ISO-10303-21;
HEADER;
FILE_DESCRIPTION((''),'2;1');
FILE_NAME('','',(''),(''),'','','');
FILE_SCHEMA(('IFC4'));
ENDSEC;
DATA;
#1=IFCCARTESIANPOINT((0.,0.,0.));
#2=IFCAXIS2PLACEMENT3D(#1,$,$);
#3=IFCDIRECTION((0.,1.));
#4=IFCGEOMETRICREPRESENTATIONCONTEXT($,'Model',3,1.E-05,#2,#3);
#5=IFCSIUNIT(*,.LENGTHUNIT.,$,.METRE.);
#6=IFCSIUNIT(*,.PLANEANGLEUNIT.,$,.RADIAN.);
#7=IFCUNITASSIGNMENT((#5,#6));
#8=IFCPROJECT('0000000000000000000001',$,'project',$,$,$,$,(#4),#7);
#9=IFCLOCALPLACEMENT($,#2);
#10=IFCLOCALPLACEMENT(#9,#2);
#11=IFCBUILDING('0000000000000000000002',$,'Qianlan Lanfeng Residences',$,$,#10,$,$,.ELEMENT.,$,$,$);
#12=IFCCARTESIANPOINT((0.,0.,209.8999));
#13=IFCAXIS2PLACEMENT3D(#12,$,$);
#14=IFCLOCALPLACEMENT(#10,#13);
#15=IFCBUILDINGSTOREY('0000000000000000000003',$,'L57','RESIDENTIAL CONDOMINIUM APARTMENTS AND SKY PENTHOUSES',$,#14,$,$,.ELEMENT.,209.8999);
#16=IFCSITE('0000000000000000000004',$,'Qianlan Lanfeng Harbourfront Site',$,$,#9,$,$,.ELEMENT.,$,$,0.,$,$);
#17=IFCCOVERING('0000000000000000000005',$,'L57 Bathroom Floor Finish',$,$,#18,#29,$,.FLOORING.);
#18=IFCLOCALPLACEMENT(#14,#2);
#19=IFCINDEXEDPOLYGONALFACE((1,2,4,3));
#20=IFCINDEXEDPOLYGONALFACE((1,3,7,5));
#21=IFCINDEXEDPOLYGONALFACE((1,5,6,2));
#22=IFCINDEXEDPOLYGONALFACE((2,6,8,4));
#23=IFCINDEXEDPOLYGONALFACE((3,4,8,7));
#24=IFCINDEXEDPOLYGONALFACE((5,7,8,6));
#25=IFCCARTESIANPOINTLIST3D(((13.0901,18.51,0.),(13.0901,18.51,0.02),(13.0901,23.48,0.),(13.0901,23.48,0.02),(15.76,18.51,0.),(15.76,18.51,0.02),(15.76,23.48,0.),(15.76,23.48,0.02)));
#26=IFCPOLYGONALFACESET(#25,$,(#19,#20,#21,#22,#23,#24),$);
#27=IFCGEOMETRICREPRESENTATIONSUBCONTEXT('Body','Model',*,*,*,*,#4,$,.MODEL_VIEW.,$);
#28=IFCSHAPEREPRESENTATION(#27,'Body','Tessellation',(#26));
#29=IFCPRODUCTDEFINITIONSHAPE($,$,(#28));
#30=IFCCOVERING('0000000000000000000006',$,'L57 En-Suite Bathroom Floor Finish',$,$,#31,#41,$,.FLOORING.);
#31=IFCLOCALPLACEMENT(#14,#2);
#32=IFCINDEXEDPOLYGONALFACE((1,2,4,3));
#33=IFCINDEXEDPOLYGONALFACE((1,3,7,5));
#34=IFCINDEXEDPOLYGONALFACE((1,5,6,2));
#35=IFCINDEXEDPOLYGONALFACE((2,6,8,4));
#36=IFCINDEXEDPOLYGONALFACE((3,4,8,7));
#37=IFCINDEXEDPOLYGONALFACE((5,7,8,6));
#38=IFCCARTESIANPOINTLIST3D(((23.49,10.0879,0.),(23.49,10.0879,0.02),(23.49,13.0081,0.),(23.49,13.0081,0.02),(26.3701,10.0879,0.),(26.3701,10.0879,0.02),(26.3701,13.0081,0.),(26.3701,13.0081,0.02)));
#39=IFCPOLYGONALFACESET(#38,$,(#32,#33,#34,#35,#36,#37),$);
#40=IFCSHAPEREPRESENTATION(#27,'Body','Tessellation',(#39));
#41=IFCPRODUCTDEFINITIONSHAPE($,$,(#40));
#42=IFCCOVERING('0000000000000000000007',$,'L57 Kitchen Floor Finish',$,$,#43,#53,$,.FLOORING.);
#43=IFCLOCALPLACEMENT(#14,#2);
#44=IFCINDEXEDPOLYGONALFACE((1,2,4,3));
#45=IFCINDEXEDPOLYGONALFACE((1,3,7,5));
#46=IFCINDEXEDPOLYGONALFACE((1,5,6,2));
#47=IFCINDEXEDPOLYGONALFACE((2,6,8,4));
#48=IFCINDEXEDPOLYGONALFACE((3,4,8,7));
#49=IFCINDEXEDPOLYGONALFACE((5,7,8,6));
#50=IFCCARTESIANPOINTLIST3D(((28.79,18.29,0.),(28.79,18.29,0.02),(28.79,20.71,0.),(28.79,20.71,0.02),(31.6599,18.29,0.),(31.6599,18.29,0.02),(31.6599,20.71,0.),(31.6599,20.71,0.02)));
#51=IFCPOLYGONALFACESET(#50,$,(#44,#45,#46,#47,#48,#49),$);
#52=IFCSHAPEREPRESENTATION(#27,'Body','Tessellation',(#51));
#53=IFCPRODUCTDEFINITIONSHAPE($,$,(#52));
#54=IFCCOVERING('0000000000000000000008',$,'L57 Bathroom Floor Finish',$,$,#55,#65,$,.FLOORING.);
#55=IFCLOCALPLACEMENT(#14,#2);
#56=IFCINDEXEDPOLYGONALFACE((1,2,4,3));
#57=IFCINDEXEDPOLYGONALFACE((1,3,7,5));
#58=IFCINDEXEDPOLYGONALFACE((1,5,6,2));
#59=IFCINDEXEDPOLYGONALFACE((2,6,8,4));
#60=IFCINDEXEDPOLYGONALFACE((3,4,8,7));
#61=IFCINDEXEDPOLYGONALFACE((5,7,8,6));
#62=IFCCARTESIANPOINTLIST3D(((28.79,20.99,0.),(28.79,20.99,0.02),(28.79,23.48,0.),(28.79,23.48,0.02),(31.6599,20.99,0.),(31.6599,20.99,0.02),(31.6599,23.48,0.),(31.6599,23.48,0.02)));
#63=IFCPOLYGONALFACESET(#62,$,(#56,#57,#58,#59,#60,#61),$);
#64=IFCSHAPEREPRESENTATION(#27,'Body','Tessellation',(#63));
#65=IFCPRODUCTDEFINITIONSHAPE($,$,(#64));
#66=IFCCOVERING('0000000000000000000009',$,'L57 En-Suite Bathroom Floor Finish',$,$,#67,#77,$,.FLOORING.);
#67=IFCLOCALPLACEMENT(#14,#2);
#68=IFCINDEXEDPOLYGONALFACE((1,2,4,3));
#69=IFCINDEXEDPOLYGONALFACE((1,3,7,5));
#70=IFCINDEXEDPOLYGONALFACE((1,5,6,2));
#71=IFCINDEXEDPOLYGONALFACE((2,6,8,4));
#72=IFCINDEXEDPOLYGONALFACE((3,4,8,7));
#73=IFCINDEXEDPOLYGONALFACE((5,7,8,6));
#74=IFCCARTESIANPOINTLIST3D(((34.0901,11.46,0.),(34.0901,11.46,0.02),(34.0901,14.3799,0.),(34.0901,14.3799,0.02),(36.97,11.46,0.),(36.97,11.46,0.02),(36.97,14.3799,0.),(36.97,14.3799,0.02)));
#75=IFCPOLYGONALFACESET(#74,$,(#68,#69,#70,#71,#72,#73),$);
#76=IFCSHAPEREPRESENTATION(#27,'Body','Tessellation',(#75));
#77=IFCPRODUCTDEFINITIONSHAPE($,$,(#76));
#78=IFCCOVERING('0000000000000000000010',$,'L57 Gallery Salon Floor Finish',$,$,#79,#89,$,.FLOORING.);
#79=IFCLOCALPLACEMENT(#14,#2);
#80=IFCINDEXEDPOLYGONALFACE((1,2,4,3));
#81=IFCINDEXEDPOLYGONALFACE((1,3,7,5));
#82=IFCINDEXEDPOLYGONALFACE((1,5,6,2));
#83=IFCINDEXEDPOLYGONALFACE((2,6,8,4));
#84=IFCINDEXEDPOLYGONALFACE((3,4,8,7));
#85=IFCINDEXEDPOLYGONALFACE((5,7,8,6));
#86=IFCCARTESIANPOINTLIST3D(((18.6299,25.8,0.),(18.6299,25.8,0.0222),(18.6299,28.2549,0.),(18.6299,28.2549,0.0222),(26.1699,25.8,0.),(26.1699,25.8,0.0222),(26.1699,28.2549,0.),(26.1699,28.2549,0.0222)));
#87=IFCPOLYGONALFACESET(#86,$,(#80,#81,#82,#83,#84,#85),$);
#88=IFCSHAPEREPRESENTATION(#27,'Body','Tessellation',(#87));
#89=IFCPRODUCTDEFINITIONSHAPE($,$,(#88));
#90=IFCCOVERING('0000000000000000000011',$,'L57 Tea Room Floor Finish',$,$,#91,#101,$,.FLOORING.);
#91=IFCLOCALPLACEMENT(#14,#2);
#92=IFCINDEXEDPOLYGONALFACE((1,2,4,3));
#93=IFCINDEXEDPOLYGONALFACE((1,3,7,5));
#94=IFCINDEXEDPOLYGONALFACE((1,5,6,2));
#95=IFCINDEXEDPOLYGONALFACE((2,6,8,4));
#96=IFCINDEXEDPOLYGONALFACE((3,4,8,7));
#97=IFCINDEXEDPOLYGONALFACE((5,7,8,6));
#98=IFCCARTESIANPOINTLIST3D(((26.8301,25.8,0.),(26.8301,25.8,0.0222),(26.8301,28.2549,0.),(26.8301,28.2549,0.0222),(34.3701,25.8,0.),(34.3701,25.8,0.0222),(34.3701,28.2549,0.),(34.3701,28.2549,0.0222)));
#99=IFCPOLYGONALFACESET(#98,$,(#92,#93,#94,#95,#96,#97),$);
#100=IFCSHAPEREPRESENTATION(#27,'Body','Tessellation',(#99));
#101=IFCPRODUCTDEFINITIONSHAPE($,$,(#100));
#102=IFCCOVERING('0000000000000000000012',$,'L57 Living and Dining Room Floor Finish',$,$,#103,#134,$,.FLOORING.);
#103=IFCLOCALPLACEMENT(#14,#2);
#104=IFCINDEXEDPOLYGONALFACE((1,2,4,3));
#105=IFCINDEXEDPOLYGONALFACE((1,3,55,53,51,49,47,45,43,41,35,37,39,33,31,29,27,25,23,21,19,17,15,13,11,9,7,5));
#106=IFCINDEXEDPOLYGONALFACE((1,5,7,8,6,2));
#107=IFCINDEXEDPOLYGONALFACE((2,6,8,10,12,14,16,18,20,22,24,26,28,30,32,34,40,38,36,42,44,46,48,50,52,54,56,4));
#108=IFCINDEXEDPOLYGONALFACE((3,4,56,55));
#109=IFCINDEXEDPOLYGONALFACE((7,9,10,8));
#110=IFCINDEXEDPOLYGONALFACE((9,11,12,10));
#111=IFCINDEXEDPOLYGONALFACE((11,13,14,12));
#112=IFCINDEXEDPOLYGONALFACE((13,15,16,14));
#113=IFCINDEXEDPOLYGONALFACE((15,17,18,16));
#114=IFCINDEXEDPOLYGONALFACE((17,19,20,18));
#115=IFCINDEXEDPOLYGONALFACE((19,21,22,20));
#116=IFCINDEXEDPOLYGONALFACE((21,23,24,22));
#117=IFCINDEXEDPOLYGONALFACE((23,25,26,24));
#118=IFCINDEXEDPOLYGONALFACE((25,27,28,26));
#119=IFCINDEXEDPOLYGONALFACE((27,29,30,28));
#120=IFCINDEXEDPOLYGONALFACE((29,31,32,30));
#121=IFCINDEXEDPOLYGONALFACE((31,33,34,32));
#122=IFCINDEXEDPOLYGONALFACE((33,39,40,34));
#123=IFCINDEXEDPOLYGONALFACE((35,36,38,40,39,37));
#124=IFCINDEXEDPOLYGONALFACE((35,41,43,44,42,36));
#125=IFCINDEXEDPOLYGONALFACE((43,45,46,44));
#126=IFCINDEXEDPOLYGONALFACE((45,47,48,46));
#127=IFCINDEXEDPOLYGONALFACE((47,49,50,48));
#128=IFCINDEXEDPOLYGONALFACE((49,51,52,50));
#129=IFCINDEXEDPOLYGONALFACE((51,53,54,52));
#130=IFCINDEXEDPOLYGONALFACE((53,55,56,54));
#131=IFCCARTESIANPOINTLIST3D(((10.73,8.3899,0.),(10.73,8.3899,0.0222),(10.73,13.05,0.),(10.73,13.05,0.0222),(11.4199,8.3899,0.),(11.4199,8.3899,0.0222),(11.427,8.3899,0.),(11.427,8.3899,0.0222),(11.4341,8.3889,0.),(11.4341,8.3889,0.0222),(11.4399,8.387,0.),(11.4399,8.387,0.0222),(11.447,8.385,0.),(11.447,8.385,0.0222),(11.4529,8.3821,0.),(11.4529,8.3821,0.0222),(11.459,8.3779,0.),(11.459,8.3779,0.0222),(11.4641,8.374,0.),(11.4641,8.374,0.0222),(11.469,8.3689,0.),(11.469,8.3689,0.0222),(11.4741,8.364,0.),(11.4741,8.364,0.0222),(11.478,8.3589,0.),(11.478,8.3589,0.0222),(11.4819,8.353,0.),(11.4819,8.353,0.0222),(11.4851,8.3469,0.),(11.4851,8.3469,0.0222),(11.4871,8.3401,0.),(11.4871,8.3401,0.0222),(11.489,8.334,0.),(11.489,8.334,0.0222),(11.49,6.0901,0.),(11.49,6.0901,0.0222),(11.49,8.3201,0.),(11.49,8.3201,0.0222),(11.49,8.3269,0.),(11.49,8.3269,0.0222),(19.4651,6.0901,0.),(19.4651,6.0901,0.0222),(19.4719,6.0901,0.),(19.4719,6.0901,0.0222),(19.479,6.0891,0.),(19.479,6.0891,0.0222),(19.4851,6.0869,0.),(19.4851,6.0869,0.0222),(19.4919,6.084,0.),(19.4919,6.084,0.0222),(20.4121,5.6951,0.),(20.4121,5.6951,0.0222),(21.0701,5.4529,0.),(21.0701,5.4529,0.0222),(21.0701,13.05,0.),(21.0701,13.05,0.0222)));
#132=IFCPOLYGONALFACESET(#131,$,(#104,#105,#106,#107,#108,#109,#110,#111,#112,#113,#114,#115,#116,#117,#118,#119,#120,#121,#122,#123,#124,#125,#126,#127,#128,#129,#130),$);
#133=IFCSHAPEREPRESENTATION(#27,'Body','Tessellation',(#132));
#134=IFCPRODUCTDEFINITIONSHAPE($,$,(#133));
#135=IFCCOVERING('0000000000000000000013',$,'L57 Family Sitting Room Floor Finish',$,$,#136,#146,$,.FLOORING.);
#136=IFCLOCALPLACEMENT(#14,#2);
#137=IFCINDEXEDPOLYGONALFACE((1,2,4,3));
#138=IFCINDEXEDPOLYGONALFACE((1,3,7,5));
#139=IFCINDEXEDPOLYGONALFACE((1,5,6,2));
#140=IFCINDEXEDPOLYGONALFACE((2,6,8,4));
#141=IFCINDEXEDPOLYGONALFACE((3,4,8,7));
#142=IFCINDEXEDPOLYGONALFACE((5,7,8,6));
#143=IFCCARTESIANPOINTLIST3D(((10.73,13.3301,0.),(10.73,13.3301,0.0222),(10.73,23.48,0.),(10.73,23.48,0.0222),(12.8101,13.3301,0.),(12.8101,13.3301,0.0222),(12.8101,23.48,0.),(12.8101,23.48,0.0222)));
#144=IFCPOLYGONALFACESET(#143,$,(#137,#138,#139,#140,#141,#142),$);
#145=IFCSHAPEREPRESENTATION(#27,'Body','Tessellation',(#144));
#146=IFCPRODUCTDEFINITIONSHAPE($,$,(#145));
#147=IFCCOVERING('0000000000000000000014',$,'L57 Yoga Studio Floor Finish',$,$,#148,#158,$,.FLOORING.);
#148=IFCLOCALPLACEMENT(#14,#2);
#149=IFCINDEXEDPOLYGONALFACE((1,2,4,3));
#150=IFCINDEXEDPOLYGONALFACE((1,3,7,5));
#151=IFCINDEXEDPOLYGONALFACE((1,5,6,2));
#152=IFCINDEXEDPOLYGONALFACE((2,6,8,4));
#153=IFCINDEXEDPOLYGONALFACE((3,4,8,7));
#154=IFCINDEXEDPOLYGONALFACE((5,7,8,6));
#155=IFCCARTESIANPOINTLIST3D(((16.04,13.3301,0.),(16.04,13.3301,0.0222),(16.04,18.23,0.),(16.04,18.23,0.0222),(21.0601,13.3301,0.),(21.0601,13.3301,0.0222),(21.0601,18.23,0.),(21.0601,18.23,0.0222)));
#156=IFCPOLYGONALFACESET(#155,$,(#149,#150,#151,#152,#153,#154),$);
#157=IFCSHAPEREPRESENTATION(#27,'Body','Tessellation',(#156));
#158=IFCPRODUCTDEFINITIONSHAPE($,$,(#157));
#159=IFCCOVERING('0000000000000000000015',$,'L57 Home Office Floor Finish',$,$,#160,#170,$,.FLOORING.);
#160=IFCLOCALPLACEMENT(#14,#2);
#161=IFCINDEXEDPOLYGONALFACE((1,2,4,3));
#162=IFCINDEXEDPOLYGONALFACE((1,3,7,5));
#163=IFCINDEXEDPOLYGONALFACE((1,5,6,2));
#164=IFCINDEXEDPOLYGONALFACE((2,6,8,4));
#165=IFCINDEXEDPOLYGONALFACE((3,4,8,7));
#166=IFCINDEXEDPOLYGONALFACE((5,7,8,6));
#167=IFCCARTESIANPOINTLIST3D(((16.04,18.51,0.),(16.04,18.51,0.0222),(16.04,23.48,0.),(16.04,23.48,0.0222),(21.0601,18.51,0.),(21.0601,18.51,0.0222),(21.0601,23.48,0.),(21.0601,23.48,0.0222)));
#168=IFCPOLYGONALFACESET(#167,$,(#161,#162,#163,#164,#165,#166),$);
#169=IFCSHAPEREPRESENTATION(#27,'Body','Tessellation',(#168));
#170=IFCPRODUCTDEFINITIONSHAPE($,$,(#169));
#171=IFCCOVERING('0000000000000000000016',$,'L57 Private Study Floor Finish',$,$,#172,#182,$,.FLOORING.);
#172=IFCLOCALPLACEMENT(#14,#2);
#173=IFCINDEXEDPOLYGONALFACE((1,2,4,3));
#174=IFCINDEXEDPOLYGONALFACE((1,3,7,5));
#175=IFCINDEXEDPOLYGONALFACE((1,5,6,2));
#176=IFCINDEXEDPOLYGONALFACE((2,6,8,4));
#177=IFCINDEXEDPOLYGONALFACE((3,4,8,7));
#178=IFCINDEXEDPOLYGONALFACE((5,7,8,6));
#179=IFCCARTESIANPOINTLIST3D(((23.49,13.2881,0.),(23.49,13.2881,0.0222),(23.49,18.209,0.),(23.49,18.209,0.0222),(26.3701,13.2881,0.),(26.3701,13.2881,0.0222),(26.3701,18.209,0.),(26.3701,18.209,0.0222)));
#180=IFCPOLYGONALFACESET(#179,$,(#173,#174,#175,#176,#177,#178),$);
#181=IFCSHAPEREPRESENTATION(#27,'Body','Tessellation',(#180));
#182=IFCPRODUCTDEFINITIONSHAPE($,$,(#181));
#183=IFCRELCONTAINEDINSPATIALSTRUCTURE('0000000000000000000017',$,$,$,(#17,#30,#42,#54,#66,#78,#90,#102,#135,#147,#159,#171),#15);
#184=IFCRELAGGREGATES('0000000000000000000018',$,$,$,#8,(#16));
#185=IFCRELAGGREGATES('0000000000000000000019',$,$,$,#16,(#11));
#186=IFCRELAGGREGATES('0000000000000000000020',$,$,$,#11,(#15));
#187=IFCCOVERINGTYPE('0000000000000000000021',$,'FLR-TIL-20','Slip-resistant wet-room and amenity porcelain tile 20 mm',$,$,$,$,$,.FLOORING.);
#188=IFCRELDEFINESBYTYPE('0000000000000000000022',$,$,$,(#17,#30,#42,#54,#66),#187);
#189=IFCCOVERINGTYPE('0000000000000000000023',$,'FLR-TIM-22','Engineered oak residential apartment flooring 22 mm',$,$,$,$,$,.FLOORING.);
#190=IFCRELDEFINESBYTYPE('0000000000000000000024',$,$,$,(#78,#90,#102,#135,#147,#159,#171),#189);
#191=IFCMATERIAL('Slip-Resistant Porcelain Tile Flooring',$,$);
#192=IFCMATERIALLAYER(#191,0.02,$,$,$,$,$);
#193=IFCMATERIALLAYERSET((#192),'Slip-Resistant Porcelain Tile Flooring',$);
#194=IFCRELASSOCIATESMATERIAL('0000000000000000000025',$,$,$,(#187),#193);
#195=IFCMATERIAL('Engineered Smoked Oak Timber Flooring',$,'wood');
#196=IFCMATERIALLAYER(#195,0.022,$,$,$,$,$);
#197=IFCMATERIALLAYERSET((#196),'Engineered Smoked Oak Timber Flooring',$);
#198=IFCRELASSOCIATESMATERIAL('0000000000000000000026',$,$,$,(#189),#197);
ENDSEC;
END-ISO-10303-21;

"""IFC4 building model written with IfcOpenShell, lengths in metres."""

from ifc_helpers import new_model, si_unit, direction, frame, origin, place, context, subcontext, project, spatial, polyline, outline, extrude, material, layer, layer_set, type_object, element, save


model = new_model("IFC4")

# Units and contexts
model_context = context("Model", 3, precision=1e-05, world=origin(), true_north=direction((0.0, 1.0)))
body_context = subcontext(model_context, "Body", "Model", "MODEL_VIEW")
ifc_project = project(units=[si_unit("LENGTHUNIT", "METRE"), si_unit("PLANEANGLEUNIT", "RADIAN")], contexts=[model_context])

# Site, building, storey
site_placement = place(None, origin())
site = spatial("IfcSite", under=ifc_project, at=site_placement, Name="Qianlan Lanfeng Harbourfront Site", CompositionType="ELEMENT", RefElevation=0.0)
building_placement = place(site_placement, origin())
building = spatial("IfcBuilding", under=site, at=building_placement, Name="Qianlan Lanfeng Residences", CompositionType="ELEMENT")
storey_placement = place(building_placement, frame((0.0, 0.0, 209.8999)))
storey = spatial("IfcBuildingStorey", under=building, at=storey_placement, Name="L57", Description="RESIDENTIAL CONDOMINIUM APARTMENTS AND SKY PENTHOUSES", CompositionType="ELEMENT", Elevation=209.8999)

# Coverings
ifc_material_1 = material(Name="Slip-Resistant Porcelain Tile Flooring")
ifc_layer_1 = layer(ifc_material_1, 0.02)
ifc_layer_set_1 = layer_set([ifc_layer_1], Name="Slip-Resistant Porcelain Tile Flooring")
covering_type_1 = type_object("IfcCoveringType", Name="FLR-TIL-20", Description="Slip-resistant wet-room and amenity porcelain tile 20 mm", PredefinedType="FLOORING", material=ifc_layer_set_1)
covering_1_placement = place(storey_placement, origin())
element("IfcCovering", 1, at=covering_1_placement, inside=storey, type_object=covering_type_1, Name="L57 Bathroom Floor Finish", PredefinedType="FLOORING", context=body_context, shape_type="SweptSolid", body=[
    extrude(outline(polyline([(13.0901, 18.51), (15.76, 18.51), (15.76, 23.48), (13.0901, 23.48), (13.0901, 18.51)])), origin(), (0.0, 0.0, 1.0), 0.02),
])
covering_2_placement = place(storey_placement, origin())
element("IfcCovering", 2, at=covering_2_placement, inside=storey, type_object=covering_type_1, Name="L57 En-Suite Bathroom Floor Finish", PredefinedType="FLOORING", context=body_context, shape_type="SweptSolid", body=[
    extrude(outline(polyline([(23.49, 10.0879), (26.3701, 10.0879), (26.3701, 13.0081), (23.49, 13.0081), (23.49, 10.0879)])), origin(), (0.0, 0.0, 1.0), 0.02),
])
covering_3_placement = place(storey_placement, origin())
element("IfcCovering", 3, at=covering_3_placement, inside=storey, type_object=covering_type_1, Name="L57 Kitchen Floor Finish", PredefinedType="FLOORING", context=body_context, shape_type="SweptSolid", body=[
    extrude(outline(polyline([(28.79, 18.29), (31.6599, 18.29), (31.6599, 20.71), (28.79, 20.71), (28.79, 18.29)])), origin(), (0.0, 0.0, 1.0), 0.02),
])
covering_4_placement = place(storey_placement, origin())
element("IfcCovering", 4, at=covering_4_placement, inside=storey, type_object=covering_type_1, Name="L57 Bathroom Floor Finish", PredefinedType="FLOORING", context=body_context, shape_type="SweptSolid", body=[
    extrude(outline(polyline([(28.79, 20.99), (31.6599, 20.99), (31.6599, 23.48), (28.79, 23.48), (28.79, 20.99)])), origin(), (0.0, 0.0, 1.0), 0.02),
])
covering_5_placement = place(storey_placement, origin())
element("IfcCovering", 5, at=covering_5_placement, inside=storey, type_object=covering_type_1, Name="L57 En-Suite Bathroom Floor Finish", PredefinedType="FLOORING", context=body_context, shape_type="SweptSolid", body=[
    extrude(outline(polyline([(34.0901, 11.46), (36.97, 11.46), (36.97, 14.3799), (34.0901, 14.3799), (34.0901, 11.46)])), origin(), (0.0, 0.0, 1.0), 0.02),
])
ifc_material_2 = material(Name="Engineered Smoked Oak Timber Flooring", Category="wood")
ifc_layer_2 = layer(ifc_material_2, 0.022)
ifc_layer_set_2 = layer_set([ifc_layer_2], Name="Engineered Smoked Oak Timber Flooring")
covering_type_2 = type_object("IfcCoveringType", Name="FLR-TIM-22", Description="Engineered oak residential apartment flooring 22 mm", PredefinedType="FLOORING", material=ifc_layer_set_2)
covering_6_placement = place(storey_placement, origin())
element("IfcCovering", 6, at=covering_6_placement, inside=storey, type_object=covering_type_2, Name="L57 Gallery Salon Floor Finish", PredefinedType="FLOORING", context=body_context, shape_type="SweptSolid", body=[
    extrude(outline(polyline([(18.6299, 25.8), (26.1699, 25.8), (26.1699, 28.2549), (18.6299, 28.2549), (18.6299, 25.8)])), origin(), (0.0, 0.0, 1.0), 0.0222),
])
covering_7_placement = place(storey_placement, origin())
element("IfcCovering", 7, at=covering_7_placement, inside=storey, type_object=covering_type_2, Name="L57 Tea Room Floor Finish", PredefinedType="FLOORING", context=body_context, shape_type="SweptSolid", body=[
    extrude(outline(polyline([(26.8301, 25.8), (34.3701, 25.8), (34.3701, 28.2549), (26.8301, 28.2549), (26.8301, 25.8)])), origin(), (0.0, 0.0, 1.0), 0.0222),
])
covering_8_placement = place(storey_placement, origin())
element("IfcCovering", 8, at=covering_8_placement, inside=storey, type_object=covering_type_2, Name="L57 Living and Dining Room Floor Finish", PredefinedType="FLOORING", context=body_context, shape_type="SweptSolid", body=[
    extrude(outline(polyline([(10.73, 13.05), (10.73, 8.3899), (11.4199, 8.3899), (11.427, 8.3899), (11.4341, 8.3889), (11.4399, 8.387), (11.447, 8.385), (11.4529, 8.3821), (11.459, 8.3779), (11.4641, 8.374), (11.469, 8.3689), (11.4741, 8.364), (11.478, 8.3589), (11.4819, 8.353), (11.4851, 8.3469), (11.4871, 8.3401), (11.489, 8.334), (11.49, 8.3269), (11.49, 8.3201), (11.49, 6.0901), (19.4651, 6.0901), (19.4719, 6.0901), (19.479, 6.0891), (19.4851, 6.0869), (19.4919, 6.084), (20.4121, 5.6951), (21.0701, 5.4529), (21.0701, 13.05), (10.73, 13.05)])), origin(), (0.0, 0.0, 1.0), 0.0222),
])
covering_9_placement = place(storey_placement, origin())
element("IfcCovering", 9, at=covering_9_placement, inside=storey, type_object=covering_type_2, Name="L57 Family Sitting Room Floor Finish", PredefinedType="FLOORING", context=body_context, shape_type="SweptSolid", body=[
    extrude(outline(polyline([(10.73, 13.3301), (12.8101, 13.3301), (12.8101, 23.48), (10.73, 23.48), (10.73, 13.3301)])), origin(), (0.0, 0.0, 1.0), 0.0222),
])
covering_10_placement = place(storey_placement, origin())
element("IfcCovering", 10, at=covering_10_placement, inside=storey, type_object=covering_type_2, Name="L57 Yoga Studio Floor Finish", PredefinedType="FLOORING", context=body_context, shape_type="SweptSolid", body=[
    extrude(outline(polyline([(16.04, 13.3301), (21.0601, 13.3301), (21.0601, 18.23), (16.04, 18.23), (16.04, 13.3301)])), origin(), (0.0, 0.0, 1.0), 0.0222),
])
covering_11_placement = place(storey_placement, origin())
element("IfcCovering", 11, at=covering_11_placement, inside=storey, type_object=covering_type_2, Name="L57 Home Office Floor Finish", PredefinedType="FLOORING", context=body_context, shape_type="SweptSolid", body=[
    extrude(outline(polyline([(16.04, 18.51), (21.0601, 18.51), (21.0601, 23.48), (16.04, 23.48), (16.04, 18.51)])), origin(), (0.0, 0.0, 1.0), 0.0222),
])
covering_12_placement = place(storey_placement, origin())
element("IfcCovering", 12, at=covering_12_placement, inside=storey, type_object=covering_type_2, Name="L57 Private Study Floor Finish", PredefinedType="FLOORING", context=body_context, shape_type="SweptSolid", body=[
    extrude(outline(polyline([(23.49, 13.2881), (26.3701, 13.2881), (26.3701, 18.209), (23.49, 18.209), (23.49, 13.2881)])), origin(), (0.0, 0.0, 1.0), 0.0222),
])

save(model, "model.ifc")
